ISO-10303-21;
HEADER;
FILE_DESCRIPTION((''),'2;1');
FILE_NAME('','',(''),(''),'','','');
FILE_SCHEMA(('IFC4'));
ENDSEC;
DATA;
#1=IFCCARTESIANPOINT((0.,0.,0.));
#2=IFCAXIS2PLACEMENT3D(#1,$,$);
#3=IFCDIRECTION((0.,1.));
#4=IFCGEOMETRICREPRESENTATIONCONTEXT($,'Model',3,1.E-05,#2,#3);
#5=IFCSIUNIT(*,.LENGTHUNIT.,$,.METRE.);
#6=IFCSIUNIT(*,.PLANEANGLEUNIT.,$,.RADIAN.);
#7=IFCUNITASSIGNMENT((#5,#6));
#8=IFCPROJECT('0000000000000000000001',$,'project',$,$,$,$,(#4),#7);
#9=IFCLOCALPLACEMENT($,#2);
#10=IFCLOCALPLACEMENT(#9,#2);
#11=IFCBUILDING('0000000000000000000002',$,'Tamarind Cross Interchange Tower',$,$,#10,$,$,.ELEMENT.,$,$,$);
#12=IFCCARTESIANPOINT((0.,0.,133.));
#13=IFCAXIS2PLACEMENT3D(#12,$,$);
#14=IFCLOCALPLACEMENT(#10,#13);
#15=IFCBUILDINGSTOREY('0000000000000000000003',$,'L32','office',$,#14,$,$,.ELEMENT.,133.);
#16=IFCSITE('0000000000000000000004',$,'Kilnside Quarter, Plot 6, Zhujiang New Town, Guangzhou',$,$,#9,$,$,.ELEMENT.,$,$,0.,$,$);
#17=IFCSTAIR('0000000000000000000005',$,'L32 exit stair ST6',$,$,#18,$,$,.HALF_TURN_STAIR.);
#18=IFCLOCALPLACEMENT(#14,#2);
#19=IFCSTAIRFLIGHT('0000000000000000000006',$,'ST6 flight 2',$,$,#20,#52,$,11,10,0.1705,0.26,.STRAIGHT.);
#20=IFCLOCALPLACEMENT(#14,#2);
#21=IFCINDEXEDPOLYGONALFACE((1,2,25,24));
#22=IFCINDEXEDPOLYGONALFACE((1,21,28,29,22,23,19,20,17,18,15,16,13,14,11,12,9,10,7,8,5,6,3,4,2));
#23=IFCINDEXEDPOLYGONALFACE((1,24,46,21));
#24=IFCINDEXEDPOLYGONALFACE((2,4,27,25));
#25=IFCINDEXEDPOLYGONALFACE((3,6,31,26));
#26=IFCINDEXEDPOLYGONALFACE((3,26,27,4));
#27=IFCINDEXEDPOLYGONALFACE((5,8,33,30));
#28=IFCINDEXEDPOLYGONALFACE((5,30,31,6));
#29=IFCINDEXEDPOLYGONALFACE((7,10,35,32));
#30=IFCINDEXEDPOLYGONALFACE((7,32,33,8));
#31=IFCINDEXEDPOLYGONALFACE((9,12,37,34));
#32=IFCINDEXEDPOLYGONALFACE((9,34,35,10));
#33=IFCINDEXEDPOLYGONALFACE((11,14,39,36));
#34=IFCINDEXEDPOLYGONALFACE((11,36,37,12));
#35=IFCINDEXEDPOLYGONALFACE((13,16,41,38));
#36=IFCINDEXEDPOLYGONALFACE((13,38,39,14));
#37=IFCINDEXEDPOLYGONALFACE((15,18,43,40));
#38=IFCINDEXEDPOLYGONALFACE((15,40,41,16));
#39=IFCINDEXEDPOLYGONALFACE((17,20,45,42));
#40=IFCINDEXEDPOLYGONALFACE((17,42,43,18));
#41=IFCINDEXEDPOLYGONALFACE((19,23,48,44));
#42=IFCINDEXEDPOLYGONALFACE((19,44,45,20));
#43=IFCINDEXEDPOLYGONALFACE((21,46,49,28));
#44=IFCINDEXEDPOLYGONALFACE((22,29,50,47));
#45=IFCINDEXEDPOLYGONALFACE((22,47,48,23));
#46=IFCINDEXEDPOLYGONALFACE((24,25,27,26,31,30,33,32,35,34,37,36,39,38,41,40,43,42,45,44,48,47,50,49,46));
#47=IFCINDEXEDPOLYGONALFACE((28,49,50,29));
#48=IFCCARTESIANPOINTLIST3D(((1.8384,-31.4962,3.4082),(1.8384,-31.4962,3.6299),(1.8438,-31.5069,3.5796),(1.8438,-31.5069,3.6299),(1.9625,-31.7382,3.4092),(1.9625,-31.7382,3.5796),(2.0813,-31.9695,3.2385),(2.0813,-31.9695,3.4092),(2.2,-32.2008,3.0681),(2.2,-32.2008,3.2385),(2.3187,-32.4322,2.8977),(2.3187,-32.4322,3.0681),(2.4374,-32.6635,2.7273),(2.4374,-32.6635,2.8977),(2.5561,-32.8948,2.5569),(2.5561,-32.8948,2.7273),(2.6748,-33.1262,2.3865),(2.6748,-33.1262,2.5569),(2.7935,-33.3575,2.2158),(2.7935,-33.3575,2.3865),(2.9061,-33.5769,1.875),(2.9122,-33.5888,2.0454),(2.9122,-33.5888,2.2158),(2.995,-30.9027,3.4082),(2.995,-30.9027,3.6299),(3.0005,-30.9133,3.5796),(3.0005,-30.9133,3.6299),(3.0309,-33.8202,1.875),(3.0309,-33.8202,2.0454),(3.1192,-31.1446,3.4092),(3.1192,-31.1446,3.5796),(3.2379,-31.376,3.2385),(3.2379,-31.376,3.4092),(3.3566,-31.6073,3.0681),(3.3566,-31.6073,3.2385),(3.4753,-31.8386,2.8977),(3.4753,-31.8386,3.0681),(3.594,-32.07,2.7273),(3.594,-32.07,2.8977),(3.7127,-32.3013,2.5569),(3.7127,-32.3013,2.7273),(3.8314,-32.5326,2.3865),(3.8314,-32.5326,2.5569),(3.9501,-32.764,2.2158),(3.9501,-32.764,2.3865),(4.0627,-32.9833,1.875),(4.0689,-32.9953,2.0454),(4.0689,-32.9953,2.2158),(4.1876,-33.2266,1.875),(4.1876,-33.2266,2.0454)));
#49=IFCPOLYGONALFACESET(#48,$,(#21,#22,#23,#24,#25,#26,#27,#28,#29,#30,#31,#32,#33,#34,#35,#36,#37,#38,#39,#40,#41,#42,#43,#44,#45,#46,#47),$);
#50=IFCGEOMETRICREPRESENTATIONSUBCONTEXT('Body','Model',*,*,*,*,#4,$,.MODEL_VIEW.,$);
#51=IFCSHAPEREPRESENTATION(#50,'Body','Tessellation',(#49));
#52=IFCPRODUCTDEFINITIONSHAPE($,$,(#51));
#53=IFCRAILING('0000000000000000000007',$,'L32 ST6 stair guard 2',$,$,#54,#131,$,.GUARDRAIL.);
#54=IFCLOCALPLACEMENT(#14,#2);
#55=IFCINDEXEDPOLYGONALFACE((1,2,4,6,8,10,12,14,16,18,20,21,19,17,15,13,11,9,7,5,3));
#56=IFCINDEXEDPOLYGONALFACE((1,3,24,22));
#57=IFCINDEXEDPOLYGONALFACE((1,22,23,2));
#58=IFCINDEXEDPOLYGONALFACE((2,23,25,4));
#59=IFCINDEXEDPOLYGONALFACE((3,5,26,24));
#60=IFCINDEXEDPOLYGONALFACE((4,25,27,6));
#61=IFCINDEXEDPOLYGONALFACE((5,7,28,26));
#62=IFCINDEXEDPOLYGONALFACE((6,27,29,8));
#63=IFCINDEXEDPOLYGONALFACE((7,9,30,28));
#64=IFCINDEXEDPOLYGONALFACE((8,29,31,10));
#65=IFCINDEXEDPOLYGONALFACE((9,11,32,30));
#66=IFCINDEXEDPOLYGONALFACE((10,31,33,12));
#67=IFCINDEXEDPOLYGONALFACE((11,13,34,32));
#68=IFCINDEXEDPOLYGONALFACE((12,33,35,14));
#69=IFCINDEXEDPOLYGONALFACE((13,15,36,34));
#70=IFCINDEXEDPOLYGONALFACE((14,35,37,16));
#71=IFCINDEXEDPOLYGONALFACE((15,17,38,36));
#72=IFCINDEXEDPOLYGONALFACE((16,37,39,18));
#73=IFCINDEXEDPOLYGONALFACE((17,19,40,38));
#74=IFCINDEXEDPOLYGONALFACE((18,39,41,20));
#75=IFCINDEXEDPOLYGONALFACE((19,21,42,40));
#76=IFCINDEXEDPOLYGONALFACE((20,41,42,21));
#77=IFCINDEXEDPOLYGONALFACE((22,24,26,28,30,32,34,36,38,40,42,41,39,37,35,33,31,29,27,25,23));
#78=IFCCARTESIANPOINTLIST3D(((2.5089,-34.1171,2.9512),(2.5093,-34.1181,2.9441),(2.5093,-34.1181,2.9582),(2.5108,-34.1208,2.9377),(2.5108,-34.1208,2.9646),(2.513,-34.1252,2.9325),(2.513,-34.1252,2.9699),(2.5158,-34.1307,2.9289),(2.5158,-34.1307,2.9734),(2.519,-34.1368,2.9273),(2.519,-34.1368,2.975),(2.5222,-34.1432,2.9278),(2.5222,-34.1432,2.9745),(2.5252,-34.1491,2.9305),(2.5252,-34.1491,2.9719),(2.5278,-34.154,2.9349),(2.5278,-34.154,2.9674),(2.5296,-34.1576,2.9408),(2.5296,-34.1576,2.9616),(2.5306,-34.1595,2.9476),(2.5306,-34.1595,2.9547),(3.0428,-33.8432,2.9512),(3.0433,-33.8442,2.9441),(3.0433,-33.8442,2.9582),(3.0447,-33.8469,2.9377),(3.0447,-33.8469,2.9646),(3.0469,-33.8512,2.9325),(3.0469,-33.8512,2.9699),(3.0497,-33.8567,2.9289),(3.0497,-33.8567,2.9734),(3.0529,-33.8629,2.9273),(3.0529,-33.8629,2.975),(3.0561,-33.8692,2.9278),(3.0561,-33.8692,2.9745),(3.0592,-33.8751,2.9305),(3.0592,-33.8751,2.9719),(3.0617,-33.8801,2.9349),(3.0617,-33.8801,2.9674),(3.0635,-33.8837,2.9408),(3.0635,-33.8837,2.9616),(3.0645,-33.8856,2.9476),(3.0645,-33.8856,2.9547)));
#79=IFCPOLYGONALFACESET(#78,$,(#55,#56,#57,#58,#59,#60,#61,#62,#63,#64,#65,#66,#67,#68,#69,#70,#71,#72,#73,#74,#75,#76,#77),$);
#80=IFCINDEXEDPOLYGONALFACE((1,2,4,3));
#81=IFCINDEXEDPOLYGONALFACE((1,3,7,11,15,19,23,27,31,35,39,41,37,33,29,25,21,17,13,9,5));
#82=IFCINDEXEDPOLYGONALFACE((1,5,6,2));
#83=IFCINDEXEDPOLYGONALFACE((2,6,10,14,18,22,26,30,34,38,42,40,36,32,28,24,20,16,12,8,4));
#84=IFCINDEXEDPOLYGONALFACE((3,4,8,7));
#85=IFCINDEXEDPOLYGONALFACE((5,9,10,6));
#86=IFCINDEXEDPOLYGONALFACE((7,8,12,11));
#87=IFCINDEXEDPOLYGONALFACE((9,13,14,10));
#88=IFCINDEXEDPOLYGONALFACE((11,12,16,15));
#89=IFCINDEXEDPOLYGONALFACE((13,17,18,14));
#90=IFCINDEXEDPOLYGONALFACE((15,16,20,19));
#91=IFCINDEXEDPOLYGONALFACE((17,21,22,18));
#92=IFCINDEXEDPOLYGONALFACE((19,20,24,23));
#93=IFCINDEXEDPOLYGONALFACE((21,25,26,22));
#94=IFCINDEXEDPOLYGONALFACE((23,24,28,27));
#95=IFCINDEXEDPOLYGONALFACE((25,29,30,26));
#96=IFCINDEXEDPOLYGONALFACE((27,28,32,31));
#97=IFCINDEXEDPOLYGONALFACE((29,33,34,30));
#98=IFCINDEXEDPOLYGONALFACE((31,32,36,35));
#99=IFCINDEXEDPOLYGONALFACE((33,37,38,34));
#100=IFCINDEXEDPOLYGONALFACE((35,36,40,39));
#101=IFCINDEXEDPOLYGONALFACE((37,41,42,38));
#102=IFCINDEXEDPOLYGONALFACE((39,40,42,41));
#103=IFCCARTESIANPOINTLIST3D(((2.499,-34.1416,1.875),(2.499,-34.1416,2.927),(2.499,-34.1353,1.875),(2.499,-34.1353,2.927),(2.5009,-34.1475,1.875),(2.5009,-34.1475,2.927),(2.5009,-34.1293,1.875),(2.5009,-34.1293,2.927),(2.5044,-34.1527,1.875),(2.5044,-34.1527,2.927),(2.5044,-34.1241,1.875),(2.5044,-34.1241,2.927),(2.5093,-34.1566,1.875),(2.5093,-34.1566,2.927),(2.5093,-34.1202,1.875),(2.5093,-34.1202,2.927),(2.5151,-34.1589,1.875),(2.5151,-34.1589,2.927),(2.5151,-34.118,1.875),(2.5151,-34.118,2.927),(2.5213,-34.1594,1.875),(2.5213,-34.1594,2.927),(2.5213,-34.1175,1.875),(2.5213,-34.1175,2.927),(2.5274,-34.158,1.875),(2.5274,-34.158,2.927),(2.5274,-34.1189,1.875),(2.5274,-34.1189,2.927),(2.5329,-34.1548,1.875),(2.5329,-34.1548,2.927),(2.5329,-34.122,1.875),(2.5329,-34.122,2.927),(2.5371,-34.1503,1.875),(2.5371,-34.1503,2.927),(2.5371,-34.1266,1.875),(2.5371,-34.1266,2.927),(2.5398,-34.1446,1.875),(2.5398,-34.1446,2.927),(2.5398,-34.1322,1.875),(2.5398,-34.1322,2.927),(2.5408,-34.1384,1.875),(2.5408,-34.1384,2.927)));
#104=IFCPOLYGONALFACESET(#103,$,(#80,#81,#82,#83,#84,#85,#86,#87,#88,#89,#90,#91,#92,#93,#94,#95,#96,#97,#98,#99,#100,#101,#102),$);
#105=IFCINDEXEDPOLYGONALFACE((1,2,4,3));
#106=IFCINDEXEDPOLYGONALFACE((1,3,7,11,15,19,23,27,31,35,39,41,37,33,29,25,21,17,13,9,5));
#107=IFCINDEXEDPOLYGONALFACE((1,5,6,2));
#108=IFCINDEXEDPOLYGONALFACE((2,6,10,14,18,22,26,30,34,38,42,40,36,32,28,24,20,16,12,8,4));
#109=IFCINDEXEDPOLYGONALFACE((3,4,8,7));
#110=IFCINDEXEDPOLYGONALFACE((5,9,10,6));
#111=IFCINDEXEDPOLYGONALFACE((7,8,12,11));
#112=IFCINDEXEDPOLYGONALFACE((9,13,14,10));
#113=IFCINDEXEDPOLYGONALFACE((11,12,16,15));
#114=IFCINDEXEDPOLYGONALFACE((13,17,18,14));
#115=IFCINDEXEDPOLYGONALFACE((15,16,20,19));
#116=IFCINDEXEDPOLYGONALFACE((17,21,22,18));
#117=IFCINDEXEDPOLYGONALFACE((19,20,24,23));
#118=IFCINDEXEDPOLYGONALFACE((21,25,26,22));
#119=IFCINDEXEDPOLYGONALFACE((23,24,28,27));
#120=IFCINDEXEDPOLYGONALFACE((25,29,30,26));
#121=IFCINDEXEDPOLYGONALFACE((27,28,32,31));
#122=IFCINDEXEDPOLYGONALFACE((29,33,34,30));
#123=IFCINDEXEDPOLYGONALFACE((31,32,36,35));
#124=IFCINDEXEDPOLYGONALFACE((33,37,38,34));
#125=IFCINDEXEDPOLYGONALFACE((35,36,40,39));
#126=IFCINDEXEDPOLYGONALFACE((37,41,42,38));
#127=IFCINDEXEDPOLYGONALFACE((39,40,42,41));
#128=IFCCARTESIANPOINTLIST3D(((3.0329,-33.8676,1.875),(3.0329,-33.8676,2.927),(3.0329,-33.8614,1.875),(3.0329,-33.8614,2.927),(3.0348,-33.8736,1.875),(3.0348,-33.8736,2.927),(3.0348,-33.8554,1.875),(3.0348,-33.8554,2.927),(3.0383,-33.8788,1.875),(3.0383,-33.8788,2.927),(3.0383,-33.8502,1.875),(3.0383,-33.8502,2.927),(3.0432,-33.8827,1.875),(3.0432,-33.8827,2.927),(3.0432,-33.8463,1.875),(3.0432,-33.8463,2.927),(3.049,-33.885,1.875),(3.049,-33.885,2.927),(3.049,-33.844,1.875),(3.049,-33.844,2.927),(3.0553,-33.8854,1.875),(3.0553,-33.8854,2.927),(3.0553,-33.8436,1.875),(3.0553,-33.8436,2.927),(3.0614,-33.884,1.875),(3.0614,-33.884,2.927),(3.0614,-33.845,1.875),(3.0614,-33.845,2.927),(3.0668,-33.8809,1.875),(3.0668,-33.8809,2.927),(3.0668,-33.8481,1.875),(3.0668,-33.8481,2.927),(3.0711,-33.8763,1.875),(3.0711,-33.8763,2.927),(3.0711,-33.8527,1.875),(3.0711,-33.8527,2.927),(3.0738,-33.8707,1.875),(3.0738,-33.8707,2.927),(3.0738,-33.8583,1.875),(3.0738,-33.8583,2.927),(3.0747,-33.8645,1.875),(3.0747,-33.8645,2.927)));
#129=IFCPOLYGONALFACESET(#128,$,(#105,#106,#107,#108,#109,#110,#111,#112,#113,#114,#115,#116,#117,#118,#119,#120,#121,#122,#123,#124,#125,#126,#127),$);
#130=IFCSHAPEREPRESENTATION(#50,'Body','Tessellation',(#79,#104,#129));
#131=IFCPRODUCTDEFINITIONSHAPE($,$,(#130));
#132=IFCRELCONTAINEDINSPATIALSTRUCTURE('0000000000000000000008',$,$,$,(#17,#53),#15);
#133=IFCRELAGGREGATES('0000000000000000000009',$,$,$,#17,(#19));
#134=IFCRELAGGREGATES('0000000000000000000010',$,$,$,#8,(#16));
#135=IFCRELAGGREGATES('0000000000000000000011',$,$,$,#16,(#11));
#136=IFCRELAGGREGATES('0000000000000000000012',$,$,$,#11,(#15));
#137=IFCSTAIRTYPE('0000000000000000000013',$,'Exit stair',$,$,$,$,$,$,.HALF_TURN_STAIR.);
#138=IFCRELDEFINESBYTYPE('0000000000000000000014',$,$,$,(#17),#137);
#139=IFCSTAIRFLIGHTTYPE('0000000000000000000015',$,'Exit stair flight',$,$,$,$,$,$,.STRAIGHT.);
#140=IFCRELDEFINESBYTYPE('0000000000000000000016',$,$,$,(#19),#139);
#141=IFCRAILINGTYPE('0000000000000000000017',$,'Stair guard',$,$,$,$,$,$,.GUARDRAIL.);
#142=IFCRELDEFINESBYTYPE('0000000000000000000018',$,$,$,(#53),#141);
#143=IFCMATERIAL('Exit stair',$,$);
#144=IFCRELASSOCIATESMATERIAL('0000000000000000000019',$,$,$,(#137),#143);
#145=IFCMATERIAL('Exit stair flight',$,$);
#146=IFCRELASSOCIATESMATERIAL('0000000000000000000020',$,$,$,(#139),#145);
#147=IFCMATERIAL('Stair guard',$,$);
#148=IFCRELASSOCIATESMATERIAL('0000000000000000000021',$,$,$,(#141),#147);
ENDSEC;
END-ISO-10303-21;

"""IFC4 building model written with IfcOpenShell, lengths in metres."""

from ifc_helpers import new_model, si_unit, direction, frame, origin, origin_2d, place, context, subcontext, project, spatial, polyline, circle, outline, extrude, material, type_object, element, aggregate, save


model = new_model("IFC4")

# Units and contexts
model_context = context("Model", 3, precision=1e-05, world=origin(), true_north=direction((0.0, 1.0)))
body_context = subcontext(model_context, "Body", "Model", "MODEL_VIEW")
ifc_project = project(units=[si_unit("LENGTHUNIT", "METRE"), si_unit("PLANEANGLEUNIT", "RADIAN")], contexts=[model_context])

# Site, building, storey
site_placement = place(None, origin())
site = spatial("IfcSite", under=ifc_project, at=site_placement, Name="Kilnside Quarter, Plot 6, Zhujiang New Town, Guangzhou", CompositionType="ELEMENT", RefElevation=0.0)
building_placement = place(site_placement, origin())
building = spatial("IfcBuilding", under=site, at=building_placement, Name="Tamarind Cross Interchange Tower", CompositionType="ELEMENT")
storey_placement = place(building_placement, frame((0.0, 0.0, 133.0)))
storey = spatial("IfcBuildingStorey", under=building, at=storey_placement, Name="L32", Description="office", CompositionType="ELEMENT", Elevation=133.0)

# Stair, stair flight
ifc_material_1 = material(Name="Exit stair")
stair_type = type_object("IfcStairType", Name="Exit stair", PredefinedType="HALF_TURN_STAIR", material=ifc_material_1)
stair_placement = place(storey_placement, origin())
stair = element("IfcStair", 1, at=stair_placement, inside=storey, type_object=stair_type, Name="L32 exit stair ST6", PredefinedType="HALF_TURN_STAIR")
ifc_material_2 = material(Name="Exit stair flight")
stair_flight_type = type_object("IfcStairFlightType", Name="Exit stair flight", PredefinedType="STRAIGHT", material=ifc_material_2)
stair_flight_1_placement = place(storey_placement, frame((3.6091, -33.5234, 1.875), z_axis=(0.0, 0.0, 1.0), x_axis=(-0.456551, 0.889697, 0.0)))
stair_flight_1 = element("IfcStairFlight", 2, at=stair_flight_1_placement, type_object=stair_flight_type, Name="ST6 flight 2", NumberOfRisers=11, NumberOfTreads=10, PredefinedType="STRAIGHT", RiserHeight=0.1705, TreadLength=0.26, context=body_context, shape_type="SweptSolid", body=[
    extrude(outline(polyline([(0.0, 0.0), (0.0, 0.1704), (0.26, 0.1704), (0.26, 0.3408), (0.52, 0.3408), (0.52, 0.5115), (0.78, 0.5115), (0.78, 0.6819), (1.04, 0.6819), (1.04, 0.8523), (1.3, 0.8523), (1.3, 1.0227), (1.5601, 1.0227), (1.5601, 1.1931), (1.8201, 1.1931), (1.8201, 1.3635), (2.0801, 1.3635), (2.0801, 1.5342), (2.3401, 1.5342), (2.3401, 1.7046), (2.6001, 1.7046), (2.6001, 1.7549), (2.6121, 1.7549), (2.6121, 1.5332), (0.2734, 0.0), (0.0, 0.0)])), frame((0.0, 0.6499, 0.0), z_axis=(0.0, -1.0, 0.0), x_axis=(1.0, 0.0, 0.0)), (0.0, 0.0, 1.0), 1.3),
])
aggregate(stair, [stair_flight_1])

# Railing
ifc_material_3 = material(Name="Stair guard")
railing_type_1 = type_object("IfcRailingType", Name="Stair guard", PredefinedType="GUARDRAIL", material=ifc_material_3)
railing_1_placement = place(storey_placement, frame((2.5198, -34.1384, 1.875)))
element("IfcRailing", 3, at=railing_1_placement, inside=storey, type_object=railing_type_1, Name="L32 ST6 stair guard 2", PredefinedType="GUARDRAIL", context=body_context, shape_type="SweptSolid", body=[
    extrude(circle(Radius=0.0239, at=origin_2d()), frame((0.0, 0.0, 1.0762), z_axis=(0.889741, 0.456465, 0.0), x_axis=(-0.456465, 0.889741, 0.0)), (0.0, 0.0, 1.0), 0.6001),
    extrude(circle(Radius=0.021, at=origin_2d()), origin(), (0.0, 0.0, 1.0), 1.052),
    extrude(circle(Radius=0.021, at=origin_2d()), frame((0.5339, 0.2739, 0.0)), (0.0, 0.0, 1.0), 1.052),
])

save(model, "model.ifc")
